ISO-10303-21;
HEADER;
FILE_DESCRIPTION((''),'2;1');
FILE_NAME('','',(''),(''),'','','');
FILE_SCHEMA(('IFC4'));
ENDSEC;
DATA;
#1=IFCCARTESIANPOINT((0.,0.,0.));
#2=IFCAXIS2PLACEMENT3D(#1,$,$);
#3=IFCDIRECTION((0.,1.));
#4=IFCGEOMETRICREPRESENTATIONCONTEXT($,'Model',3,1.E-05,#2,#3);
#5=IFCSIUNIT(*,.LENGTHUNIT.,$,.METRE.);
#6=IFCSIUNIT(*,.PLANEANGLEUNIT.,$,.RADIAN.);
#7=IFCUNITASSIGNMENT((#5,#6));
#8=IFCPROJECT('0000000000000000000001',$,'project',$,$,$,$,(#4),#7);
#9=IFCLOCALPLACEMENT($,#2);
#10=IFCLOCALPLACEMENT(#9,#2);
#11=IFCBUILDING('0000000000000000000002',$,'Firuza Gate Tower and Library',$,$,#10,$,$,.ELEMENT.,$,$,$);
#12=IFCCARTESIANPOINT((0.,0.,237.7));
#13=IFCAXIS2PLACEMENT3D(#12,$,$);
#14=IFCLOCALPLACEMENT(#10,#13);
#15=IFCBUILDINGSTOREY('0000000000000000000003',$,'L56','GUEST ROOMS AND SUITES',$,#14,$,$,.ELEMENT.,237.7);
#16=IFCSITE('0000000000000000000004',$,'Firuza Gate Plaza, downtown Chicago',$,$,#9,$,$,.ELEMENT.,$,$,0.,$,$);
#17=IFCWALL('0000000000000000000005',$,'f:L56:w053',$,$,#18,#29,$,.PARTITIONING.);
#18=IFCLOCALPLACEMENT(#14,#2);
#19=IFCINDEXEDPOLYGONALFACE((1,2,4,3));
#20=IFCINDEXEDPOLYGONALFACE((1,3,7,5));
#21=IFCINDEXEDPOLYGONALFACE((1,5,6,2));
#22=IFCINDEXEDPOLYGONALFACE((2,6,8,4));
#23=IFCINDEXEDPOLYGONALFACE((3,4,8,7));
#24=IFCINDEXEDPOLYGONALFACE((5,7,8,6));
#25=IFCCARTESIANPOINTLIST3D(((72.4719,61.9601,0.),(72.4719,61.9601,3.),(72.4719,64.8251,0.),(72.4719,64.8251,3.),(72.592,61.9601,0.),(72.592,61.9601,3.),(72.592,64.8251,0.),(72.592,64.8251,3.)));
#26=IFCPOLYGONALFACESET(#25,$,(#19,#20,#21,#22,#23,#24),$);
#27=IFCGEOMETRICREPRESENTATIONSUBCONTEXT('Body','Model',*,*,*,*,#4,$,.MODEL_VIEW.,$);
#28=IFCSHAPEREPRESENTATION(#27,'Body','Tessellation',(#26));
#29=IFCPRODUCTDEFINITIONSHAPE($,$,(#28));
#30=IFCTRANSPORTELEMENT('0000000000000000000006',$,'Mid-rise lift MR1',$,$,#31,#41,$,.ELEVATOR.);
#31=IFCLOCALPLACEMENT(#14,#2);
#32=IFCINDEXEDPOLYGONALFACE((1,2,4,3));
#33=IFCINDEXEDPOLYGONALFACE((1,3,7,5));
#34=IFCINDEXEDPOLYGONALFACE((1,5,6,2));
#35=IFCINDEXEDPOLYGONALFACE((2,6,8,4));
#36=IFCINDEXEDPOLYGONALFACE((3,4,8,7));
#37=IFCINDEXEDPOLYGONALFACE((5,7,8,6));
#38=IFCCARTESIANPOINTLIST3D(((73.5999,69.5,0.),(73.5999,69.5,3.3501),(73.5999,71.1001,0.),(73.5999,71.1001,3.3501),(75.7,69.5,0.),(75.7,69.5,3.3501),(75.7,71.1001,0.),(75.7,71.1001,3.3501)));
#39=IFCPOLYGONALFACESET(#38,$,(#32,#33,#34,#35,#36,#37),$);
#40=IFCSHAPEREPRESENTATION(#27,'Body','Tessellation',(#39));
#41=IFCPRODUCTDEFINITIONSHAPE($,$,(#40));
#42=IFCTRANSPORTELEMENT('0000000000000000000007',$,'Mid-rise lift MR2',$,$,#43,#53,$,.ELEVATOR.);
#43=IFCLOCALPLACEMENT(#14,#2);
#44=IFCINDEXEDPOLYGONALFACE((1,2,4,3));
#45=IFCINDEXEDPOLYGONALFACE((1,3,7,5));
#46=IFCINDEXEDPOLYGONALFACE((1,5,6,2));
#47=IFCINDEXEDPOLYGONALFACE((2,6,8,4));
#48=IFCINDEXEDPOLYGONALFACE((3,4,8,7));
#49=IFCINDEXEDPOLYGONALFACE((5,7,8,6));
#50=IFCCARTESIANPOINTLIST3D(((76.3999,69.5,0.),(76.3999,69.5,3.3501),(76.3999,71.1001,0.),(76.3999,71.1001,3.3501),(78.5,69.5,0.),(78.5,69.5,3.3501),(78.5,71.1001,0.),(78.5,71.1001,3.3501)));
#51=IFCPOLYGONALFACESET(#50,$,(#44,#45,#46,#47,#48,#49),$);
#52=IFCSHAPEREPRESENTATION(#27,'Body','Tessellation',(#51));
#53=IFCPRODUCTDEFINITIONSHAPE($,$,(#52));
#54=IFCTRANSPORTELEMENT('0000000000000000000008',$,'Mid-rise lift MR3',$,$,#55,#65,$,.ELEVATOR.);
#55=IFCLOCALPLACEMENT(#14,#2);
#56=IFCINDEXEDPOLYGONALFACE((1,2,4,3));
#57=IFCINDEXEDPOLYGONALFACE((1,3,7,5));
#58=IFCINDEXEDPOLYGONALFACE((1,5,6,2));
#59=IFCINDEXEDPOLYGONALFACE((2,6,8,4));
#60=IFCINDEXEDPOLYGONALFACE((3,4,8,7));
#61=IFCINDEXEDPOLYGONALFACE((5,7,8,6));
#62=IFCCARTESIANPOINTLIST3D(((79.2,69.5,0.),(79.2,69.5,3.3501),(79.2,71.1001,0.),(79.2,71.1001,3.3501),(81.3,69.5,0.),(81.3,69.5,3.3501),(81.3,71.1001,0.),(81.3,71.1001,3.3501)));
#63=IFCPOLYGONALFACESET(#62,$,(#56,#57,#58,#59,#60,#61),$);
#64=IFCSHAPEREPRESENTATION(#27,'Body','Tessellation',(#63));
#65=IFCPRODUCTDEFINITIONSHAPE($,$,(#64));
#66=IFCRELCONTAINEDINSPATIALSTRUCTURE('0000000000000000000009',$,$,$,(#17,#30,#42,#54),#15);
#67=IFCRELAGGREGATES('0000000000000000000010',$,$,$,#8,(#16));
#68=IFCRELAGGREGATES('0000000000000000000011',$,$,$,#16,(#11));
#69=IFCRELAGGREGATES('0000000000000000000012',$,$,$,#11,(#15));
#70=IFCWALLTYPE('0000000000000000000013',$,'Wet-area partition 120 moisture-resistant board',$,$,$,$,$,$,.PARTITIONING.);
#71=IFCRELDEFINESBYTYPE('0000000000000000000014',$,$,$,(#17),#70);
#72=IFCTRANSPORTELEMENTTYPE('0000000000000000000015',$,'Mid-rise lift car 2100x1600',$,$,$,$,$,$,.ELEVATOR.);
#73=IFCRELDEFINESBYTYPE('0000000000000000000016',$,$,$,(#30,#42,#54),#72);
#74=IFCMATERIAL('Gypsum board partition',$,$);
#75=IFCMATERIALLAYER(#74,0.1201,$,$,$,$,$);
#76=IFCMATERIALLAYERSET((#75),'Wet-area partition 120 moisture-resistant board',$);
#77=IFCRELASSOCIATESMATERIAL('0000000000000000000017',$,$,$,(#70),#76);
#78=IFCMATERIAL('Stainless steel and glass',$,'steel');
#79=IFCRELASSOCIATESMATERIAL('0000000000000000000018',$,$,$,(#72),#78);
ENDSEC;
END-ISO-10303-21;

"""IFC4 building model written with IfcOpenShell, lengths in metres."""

from ifc_helpers import new_model, si_unit, direction, frame, frame_2d, origin, origin_2d, place, context, subcontext, project, spatial, rectangle, extrude, material, layer, layer_set, type_object, element, save


model = new_model("IFC4")

# Units and contexts
model_context = context("Model", 3, precision=1e-05, world=origin(), true_north=direction((0.0, 1.0)))
body_context = subcontext(model_context, "Body", "Model", "MODEL_VIEW")
ifc_project = project(units=[si_unit("LENGTHUNIT", "METRE"), si_unit("PLANEANGLEUNIT", "RADIAN")], contexts=[model_context])

# Site, building, storey
site_placement = place(None, origin())
site = spatial("IfcSite", under=ifc_project, at=site_placement, Name="Firuza Gate Plaza, downtown Chicago", CompositionType="ELEMENT", RefElevation=0.0)
building_placement = place(site_placement, origin())
building = spatial("IfcBuilding", under=site, at=building_placement, Name="Firuza Gate Tower and Library", CompositionType="ELEMENT")
storey_placement = place(building_placement, frame((0.0, 0.0, 237.7)))
storey = spatial("IfcBuildingStorey", under=building, at=storey_placement, Name="L56", Description="GUEST ROOMS AND SUITES", CompositionType="ELEMENT", Elevation=237.7)

# Shared definitions
ifc_material_1 = material(Name="Gypsum board partition")
ifc_layer_1 = layer(ifc_material_1, 0.1201)
ifc_layer_set_1 = layer_set([ifc_layer_1], Name="Wet-area partition 120 moisture-resistant board")
wall_type_1 = type_object("IfcWallType", Name="Wet-area partition 120 moisture-resistant board", PredefinedType="PARTITIONING", material=ifc_layer_set_1)

# Wall
wall_1_placement = place(storey_placement, frame((72.532, 61.96, 0.0), z_axis=(0.0, 0.0, 1.0), x_axis=(0.0, 1.0, 0.0)))
element("IfcWall", 1, at=wall_1_placement, inside=storey, type_object=wall_type_1, Name="f:L56:w053", PredefinedType="PARTITIONING", context=body_context, shape_type="SweptSolid", body=[
    extrude(rectangle(XDim=2.865, YDim=0.1201, at=frame_2d((1.4326, 0.0))), origin(), (0.0, 0.0, 1.0), 3.0),
])

# Transport elements
ifc_material_2 = material(Name="Stainless steel and glass", Category="steel")
transport_element_type = type_object("IfcTransportElementType", Name="Mid-rise lift car 2100x1600", PredefinedType="ELEVATOR", material=ifc_material_2)
for number, where, z_axis, x_axis, name in (
    (2, (74.6499, 70.3, 0.0), (0.0, 0.0, 1.0), (1.0, 0.0, 0.0), "Mid-rise lift MR1"),
    (3, (77.45, 70.3, 0.0), (0.0, 0.0, 1.0), (1.0, 0.0, 0.0), "Mid-rise lift MR2"),
    (4, (80.25, 70.3, 0.0), (0.0, 0.0, 1.0), (1.0, 0.0, 0.0), "Mid-rise lift MR3"),
):
    element("IfcTransportElement", number, at=place(storey_placement, frame(where, z_axis=z_axis, x_axis=x_axis)), inside=storey, type_object=transport_element_type, Name=name, PredefinedType="ELEVATOR", context=body_context, shape_type="SweptSolid", body=[
        extrude(rectangle(XDim=2.1001, YDim=1.6001, at=origin_2d()), origin(), (0.0, 0.0, 1.0), 3.3501),
    ])

save(model, "model.ifc")
